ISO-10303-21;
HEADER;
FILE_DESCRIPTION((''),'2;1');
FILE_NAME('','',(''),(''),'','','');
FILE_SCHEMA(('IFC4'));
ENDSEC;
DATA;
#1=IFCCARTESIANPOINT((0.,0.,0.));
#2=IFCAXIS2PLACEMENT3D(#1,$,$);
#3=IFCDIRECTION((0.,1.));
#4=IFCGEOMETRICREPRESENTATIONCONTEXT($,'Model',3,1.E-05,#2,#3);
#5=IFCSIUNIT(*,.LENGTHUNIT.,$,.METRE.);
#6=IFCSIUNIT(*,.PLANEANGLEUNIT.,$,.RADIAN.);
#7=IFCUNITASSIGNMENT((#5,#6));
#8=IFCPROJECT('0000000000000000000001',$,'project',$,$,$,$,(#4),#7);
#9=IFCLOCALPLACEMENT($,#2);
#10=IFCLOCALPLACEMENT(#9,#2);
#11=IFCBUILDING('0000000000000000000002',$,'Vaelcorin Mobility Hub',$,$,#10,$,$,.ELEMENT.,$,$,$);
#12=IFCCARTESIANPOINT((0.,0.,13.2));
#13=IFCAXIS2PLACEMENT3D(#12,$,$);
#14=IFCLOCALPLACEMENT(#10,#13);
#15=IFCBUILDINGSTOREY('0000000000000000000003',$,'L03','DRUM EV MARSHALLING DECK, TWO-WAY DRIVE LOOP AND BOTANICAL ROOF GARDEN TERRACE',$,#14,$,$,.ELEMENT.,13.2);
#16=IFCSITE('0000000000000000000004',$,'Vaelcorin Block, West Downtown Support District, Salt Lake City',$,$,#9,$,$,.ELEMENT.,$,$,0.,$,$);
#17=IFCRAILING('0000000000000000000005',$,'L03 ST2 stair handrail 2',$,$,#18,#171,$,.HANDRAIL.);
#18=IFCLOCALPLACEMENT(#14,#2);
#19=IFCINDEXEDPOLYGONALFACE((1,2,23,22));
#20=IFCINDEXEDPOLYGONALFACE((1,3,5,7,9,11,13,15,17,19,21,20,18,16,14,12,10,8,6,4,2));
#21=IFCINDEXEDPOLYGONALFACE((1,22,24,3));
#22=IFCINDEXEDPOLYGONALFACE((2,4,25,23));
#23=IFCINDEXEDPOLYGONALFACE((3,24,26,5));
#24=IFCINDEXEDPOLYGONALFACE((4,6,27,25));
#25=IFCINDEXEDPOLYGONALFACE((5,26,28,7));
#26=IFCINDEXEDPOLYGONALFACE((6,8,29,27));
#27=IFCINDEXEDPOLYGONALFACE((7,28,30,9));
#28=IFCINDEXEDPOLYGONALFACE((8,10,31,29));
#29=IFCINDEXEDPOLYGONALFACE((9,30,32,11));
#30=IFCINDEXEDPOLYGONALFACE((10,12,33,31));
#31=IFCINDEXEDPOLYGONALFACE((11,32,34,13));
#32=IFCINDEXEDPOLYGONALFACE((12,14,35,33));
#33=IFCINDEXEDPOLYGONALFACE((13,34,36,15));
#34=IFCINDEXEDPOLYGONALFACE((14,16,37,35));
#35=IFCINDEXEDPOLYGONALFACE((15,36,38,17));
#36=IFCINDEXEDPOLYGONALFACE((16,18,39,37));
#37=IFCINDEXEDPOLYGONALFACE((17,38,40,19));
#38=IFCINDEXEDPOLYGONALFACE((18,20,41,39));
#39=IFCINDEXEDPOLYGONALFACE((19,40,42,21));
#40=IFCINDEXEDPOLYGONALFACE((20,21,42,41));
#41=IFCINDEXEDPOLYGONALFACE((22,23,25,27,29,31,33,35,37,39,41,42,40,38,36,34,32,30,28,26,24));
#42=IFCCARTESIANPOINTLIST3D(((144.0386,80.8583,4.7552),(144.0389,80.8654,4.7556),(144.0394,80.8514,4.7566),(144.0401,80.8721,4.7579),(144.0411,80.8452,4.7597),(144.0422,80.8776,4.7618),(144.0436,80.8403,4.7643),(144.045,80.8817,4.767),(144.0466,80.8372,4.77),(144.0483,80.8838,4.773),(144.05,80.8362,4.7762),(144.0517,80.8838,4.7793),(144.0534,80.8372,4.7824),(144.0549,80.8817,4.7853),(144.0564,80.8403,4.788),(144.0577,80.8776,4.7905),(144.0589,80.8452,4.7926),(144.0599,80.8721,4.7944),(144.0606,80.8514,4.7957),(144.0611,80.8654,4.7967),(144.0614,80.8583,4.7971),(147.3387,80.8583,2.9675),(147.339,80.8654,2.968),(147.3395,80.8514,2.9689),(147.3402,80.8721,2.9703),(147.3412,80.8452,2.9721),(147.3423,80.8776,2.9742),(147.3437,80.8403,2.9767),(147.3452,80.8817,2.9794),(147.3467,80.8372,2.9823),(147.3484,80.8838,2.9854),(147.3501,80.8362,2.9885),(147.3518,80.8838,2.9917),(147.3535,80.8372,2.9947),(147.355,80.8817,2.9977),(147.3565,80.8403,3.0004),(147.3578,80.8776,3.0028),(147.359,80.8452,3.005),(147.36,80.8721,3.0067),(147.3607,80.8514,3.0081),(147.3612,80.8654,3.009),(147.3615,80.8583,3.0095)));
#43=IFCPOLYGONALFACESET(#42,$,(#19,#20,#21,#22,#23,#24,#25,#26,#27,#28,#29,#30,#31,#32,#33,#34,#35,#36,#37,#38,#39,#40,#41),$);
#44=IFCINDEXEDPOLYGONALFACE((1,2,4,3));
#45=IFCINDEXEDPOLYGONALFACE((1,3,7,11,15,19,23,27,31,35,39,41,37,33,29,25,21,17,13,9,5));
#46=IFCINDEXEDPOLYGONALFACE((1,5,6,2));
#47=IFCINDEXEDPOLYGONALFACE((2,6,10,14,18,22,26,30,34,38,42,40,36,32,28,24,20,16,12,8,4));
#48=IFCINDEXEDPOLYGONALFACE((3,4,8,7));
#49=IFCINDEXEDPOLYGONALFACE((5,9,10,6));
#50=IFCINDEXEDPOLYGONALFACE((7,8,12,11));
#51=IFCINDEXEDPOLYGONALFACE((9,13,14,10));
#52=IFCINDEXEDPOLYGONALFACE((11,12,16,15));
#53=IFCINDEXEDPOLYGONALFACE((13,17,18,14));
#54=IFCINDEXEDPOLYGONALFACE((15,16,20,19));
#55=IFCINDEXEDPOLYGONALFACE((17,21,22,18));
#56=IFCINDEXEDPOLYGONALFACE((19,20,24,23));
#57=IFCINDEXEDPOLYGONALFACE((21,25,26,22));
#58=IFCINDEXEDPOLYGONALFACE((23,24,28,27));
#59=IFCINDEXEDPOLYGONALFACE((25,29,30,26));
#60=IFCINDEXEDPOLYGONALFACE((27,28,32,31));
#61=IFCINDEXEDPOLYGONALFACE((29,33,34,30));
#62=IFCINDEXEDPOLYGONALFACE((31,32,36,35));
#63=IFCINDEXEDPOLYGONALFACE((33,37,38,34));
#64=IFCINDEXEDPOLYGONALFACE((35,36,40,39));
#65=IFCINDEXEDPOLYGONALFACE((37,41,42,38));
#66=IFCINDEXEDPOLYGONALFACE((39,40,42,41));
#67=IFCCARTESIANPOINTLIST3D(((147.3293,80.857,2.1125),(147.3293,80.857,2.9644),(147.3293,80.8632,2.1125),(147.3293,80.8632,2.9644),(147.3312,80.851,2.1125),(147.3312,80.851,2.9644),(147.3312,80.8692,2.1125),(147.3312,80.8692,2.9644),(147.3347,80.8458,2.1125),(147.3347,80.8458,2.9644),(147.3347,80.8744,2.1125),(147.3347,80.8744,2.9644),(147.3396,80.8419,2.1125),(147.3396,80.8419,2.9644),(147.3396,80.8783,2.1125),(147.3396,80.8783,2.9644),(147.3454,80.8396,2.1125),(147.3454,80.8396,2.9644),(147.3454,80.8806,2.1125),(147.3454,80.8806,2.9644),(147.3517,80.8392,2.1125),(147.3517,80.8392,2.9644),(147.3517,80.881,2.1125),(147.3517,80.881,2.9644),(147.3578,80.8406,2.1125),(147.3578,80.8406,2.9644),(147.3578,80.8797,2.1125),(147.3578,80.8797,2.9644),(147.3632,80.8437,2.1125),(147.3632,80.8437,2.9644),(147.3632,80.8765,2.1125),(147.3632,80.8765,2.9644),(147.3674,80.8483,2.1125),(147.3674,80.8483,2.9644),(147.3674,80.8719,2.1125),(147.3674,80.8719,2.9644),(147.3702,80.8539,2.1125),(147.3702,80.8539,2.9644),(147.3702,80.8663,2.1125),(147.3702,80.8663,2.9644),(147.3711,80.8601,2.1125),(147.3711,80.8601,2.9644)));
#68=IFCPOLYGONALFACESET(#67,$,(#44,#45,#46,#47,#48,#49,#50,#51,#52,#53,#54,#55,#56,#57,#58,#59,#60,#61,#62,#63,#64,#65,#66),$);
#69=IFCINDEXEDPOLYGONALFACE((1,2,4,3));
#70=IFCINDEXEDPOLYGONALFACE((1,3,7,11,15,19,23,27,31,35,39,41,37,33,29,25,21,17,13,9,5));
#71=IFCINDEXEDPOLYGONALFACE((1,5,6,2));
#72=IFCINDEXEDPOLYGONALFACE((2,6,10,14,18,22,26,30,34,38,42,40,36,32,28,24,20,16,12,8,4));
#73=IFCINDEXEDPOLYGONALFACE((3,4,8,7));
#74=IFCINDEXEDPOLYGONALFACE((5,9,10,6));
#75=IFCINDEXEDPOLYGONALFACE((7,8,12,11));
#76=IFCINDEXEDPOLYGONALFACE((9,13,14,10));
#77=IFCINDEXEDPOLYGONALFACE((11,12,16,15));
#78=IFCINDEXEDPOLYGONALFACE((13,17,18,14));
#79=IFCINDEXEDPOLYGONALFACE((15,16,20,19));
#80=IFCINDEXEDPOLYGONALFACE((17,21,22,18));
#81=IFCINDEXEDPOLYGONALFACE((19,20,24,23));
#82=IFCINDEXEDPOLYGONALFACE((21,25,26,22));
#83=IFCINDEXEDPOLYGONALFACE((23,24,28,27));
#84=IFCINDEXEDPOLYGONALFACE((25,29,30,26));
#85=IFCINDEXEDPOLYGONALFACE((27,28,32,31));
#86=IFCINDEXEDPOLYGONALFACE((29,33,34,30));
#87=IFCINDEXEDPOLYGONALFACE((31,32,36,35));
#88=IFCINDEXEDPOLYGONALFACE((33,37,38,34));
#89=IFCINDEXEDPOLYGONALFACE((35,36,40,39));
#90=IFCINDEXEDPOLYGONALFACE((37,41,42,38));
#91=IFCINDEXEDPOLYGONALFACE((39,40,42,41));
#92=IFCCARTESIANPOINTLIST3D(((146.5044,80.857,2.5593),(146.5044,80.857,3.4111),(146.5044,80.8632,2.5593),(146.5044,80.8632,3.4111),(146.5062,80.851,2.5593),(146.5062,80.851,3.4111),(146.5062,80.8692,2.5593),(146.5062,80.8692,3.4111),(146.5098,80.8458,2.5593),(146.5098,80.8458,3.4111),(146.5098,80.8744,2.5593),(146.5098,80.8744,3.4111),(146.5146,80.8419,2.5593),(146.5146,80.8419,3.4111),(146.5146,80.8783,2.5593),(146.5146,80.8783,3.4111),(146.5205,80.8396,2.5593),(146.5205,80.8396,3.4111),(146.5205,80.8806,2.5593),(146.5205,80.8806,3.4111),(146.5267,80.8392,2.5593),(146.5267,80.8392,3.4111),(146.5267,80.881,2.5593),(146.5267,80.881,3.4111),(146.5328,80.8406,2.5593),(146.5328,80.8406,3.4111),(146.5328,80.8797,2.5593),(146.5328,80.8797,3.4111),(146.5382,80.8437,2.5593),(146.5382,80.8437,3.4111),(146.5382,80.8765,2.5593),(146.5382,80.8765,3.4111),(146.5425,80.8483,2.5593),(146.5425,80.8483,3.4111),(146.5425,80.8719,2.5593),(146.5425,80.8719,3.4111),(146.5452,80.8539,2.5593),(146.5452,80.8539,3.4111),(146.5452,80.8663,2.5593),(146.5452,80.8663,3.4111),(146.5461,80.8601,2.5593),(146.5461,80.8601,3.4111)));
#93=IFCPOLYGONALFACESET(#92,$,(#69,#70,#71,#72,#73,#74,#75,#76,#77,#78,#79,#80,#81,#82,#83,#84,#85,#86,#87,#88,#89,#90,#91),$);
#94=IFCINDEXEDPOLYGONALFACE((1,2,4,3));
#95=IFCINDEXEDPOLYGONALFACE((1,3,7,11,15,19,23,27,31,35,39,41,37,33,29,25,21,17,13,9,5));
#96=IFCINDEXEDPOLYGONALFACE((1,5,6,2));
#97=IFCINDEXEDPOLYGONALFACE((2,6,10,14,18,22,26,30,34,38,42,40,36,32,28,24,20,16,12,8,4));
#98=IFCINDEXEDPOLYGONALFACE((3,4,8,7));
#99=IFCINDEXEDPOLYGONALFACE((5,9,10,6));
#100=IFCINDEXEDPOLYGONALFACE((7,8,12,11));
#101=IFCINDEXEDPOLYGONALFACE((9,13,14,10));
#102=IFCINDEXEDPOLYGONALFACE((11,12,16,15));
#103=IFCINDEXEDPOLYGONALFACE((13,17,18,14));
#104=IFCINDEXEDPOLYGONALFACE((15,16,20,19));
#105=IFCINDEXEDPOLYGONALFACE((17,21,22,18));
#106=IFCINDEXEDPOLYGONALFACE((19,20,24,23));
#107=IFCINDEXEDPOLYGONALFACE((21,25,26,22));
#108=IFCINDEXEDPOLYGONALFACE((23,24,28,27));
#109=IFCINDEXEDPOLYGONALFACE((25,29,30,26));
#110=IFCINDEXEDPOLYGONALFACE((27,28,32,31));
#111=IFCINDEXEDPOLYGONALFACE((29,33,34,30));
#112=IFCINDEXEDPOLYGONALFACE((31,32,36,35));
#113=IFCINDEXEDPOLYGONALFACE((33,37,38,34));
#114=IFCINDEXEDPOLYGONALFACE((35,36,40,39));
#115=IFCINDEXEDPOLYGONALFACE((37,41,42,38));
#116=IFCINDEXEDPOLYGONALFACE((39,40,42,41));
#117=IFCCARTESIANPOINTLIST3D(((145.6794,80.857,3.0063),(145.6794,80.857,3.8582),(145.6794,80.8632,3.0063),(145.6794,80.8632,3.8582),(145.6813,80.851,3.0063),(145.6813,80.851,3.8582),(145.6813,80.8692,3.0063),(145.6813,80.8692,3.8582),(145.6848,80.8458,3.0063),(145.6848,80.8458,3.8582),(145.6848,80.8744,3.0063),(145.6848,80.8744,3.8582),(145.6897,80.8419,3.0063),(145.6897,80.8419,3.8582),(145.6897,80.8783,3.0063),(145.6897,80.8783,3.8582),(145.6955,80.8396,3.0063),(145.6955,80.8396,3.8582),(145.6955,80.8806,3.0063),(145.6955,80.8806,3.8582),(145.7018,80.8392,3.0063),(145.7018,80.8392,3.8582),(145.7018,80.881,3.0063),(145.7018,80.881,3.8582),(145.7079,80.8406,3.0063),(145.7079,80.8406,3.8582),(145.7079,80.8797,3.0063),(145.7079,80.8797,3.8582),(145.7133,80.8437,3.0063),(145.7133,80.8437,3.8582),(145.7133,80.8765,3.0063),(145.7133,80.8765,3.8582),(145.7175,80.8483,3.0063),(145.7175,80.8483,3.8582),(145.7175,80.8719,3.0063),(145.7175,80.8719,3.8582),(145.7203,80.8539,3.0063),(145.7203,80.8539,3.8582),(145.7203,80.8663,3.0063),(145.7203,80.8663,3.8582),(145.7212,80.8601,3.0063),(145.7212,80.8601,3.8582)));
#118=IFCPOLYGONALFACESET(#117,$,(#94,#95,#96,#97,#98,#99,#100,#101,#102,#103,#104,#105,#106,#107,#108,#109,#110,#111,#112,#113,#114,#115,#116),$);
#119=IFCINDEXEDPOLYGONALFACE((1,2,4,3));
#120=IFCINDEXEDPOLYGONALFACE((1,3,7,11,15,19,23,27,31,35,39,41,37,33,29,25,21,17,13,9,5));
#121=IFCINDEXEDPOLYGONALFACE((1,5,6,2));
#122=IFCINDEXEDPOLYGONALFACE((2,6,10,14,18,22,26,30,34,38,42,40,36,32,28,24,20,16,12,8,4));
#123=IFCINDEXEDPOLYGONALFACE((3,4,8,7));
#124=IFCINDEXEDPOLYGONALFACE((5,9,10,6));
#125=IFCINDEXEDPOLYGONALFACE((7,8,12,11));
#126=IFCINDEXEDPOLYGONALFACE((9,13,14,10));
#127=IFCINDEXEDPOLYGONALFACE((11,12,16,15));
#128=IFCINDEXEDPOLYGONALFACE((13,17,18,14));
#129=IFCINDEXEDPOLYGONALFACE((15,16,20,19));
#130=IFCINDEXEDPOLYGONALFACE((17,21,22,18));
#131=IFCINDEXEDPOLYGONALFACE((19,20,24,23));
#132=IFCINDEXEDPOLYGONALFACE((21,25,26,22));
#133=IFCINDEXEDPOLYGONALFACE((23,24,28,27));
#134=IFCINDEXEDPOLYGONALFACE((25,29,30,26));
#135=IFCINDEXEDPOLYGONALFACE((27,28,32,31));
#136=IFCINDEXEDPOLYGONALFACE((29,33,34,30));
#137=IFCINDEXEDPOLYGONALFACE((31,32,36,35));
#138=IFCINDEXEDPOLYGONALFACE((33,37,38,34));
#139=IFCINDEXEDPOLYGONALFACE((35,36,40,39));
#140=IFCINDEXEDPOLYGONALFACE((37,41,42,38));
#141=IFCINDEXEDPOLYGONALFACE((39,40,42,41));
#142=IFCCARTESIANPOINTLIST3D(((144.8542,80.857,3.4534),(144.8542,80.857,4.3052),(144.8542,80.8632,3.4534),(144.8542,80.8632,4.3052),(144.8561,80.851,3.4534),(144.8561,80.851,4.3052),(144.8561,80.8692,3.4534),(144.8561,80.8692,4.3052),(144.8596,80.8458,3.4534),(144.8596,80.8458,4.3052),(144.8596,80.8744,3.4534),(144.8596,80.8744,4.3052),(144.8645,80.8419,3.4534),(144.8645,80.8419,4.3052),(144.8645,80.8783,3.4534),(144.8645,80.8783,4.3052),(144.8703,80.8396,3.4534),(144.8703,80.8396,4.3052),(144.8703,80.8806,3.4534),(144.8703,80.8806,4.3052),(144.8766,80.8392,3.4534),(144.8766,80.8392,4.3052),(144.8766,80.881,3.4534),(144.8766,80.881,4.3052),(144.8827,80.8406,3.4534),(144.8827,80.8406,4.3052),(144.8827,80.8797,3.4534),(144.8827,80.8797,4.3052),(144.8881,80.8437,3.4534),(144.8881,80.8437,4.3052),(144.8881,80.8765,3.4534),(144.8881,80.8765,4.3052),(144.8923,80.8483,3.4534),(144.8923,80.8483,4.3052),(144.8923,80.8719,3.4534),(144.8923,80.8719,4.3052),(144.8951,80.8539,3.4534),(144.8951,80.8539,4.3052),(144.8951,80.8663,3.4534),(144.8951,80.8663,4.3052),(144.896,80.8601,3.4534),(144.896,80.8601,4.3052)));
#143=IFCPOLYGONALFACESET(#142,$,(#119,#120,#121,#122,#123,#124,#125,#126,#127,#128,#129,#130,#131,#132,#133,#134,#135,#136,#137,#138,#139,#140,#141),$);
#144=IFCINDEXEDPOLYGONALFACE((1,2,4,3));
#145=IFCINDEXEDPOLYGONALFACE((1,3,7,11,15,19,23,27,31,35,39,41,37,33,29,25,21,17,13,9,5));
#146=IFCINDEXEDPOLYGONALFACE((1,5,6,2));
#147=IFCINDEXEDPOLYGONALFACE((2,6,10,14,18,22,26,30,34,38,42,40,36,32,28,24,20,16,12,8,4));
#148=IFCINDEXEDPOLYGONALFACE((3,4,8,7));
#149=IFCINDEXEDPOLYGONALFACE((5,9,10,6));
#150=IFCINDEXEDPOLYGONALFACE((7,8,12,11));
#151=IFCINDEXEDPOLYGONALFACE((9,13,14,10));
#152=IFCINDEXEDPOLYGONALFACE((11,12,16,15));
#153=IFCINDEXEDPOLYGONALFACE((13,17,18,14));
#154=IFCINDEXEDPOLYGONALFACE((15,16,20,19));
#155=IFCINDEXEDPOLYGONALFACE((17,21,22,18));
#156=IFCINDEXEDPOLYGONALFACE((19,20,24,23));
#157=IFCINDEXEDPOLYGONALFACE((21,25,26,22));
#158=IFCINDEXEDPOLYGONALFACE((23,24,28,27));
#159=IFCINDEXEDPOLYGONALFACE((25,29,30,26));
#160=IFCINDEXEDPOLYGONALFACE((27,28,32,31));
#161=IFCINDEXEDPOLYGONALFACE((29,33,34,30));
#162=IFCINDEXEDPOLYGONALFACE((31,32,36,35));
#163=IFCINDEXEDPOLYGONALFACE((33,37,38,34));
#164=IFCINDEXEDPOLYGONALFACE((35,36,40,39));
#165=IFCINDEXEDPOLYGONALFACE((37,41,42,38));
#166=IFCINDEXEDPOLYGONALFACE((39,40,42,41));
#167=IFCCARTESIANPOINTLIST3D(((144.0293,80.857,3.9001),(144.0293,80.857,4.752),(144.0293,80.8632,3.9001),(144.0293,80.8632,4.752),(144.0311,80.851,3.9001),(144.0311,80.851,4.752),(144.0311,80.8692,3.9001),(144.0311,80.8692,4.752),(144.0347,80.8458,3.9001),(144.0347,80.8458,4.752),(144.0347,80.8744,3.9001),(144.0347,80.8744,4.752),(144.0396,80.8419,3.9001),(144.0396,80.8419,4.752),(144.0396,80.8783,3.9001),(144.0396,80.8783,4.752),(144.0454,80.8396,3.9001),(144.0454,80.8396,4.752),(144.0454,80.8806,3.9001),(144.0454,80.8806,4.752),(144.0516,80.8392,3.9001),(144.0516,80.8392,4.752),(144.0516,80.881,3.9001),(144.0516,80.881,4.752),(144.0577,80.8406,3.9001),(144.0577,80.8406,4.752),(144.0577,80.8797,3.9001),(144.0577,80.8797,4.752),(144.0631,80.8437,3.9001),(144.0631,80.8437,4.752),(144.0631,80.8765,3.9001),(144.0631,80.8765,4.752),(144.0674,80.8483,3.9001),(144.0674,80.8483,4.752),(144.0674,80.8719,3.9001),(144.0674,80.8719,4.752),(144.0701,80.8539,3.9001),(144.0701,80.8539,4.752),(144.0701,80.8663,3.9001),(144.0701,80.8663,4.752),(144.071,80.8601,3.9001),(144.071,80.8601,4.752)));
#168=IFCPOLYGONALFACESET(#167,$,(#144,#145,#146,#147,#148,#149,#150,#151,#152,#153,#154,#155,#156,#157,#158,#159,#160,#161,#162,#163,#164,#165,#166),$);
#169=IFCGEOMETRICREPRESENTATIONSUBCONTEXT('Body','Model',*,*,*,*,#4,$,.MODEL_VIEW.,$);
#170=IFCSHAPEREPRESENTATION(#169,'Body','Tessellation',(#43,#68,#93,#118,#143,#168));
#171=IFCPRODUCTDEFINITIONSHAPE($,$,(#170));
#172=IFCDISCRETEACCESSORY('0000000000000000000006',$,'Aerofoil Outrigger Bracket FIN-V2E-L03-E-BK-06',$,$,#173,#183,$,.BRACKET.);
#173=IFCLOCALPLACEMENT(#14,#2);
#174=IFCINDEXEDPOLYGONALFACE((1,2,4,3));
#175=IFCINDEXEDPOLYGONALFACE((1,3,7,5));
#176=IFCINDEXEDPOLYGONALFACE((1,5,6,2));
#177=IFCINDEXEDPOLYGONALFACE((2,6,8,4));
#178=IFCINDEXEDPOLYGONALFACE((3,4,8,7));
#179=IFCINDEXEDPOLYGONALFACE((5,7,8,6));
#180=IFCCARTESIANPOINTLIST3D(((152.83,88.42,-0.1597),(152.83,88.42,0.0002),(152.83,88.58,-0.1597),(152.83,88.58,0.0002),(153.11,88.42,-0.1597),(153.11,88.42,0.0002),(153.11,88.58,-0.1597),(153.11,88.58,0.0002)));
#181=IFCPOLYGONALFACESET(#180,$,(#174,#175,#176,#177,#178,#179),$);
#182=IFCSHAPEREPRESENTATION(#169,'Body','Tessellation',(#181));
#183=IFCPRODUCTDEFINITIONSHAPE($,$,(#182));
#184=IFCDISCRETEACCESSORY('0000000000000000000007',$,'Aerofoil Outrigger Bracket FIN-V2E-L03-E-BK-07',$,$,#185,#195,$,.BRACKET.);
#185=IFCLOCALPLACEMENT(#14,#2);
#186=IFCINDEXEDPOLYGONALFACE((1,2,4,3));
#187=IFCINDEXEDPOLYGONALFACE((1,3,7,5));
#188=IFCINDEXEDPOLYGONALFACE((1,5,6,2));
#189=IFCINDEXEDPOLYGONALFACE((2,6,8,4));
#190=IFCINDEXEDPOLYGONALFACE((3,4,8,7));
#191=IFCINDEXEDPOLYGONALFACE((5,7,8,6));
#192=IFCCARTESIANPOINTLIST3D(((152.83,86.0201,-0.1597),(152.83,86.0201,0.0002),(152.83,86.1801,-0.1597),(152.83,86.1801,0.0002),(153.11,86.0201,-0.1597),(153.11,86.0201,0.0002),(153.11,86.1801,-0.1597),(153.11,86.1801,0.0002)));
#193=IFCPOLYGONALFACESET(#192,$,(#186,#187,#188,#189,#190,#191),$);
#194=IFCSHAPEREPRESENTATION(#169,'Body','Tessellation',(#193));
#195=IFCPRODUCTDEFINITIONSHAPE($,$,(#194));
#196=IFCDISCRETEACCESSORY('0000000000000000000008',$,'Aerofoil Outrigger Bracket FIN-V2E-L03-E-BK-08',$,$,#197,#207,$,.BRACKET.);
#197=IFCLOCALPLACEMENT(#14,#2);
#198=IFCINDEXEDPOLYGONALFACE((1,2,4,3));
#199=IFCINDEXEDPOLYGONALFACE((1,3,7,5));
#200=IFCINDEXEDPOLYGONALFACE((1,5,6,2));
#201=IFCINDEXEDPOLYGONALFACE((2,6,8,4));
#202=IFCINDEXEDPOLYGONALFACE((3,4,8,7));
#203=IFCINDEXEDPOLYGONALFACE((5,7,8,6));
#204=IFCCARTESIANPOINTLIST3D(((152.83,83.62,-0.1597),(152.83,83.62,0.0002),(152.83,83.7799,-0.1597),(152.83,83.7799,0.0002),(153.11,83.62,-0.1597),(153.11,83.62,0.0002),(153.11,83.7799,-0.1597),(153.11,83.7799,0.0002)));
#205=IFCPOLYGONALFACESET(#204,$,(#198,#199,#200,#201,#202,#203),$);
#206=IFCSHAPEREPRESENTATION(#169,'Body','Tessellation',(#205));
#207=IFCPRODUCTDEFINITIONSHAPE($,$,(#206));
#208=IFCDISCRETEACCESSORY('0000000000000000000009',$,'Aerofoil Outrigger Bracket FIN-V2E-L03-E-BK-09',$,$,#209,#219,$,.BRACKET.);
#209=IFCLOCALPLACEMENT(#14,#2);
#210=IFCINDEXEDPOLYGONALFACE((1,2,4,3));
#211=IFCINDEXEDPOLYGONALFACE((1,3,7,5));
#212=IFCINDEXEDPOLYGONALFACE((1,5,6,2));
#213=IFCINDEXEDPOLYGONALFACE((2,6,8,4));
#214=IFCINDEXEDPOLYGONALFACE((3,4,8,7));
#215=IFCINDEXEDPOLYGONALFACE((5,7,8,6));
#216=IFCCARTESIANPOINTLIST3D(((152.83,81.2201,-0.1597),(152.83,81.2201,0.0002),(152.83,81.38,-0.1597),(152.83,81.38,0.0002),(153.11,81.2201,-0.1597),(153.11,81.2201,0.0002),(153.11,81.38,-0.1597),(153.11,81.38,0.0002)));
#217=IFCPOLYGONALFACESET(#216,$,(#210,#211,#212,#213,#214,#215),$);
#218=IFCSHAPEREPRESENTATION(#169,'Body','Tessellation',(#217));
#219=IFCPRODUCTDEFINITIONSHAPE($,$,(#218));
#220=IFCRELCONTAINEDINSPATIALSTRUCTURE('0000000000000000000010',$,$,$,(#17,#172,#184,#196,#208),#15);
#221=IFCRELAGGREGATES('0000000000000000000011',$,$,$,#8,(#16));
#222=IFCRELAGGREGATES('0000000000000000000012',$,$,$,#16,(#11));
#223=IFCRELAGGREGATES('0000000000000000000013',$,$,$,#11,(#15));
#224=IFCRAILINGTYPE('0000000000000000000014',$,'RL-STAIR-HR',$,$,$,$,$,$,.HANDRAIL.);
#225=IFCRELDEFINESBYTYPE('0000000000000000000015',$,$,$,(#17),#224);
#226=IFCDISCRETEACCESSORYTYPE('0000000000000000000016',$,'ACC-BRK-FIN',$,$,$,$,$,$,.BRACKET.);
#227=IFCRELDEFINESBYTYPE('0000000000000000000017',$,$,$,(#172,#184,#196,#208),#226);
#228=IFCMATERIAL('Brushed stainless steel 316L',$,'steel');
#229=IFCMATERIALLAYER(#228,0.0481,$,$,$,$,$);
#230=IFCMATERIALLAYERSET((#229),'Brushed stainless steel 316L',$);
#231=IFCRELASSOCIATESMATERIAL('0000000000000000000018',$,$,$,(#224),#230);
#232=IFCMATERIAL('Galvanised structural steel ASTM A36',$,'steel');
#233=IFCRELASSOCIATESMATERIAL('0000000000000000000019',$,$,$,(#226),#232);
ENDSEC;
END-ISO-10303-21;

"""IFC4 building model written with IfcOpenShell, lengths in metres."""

from ifc_helpers import new_model, si_unit, direction, frame, origin, origin_2d, place, context, subcontext, project, spatial, rectangle, circle, extrude, material, layer, layer_set, type_object, element, save


model = new_model("IFC4")

# Units and contexts
model_context = context("Model", 3, precision=1e-05, world=origin(), true_north=direction((0.0, 1.0)))
body_context = subcontext(model_context, "Body", "Model", "MODEL_VIEW")
ifc_project = project(units=[si_unit("LENGTHUNIT", "METRE"), si_unit("PLANEANGLEUNIT", "RADIAN")], contexts=[model_context])

# Site, building, storey
site_placement = place(None, origin())
site = spatial("IfcSite", under=ifc_project, at=site_placement, Name="Vaelcorin Block, West Downtown Support District, Salt Lake City", CompositionType="ELEMENT", RefElevation=0.0)
building_placement = place(site_placement, origin())
building = spatial("IfcBuilding", under=site, at=building_placement, Name="Vaelcorin Mobility Hub", CompositionType="ELEMENT")
storey_placement = place(building_placement, frame((0.0, 0.0, 13.2)))
storey = spatial("IfcBuildingStorey", under=building, at=storey_placement, Name="L03", Description="DRUM EV MARSHALLING DECK, TWO-WAY DRIVE LOOP AND BOTANICAL ROOF GARDEN TERRACE", CompositionType="ELEMENT", Elevation=13.2)

# Railing
ifc_material_1 = material(Name="Galvanised structural steel ASTM A36", Category="steel")
ifc_material_2 = material(Name="Brushed stainless steel 316L", Category="steel")
ifc_layer_1 = layer(ifc_material_2, 0.0481)
ifc_layer_set_1 = layer_set([ifc_layer_1], Name="Brushed stainless steel 316L")
railing_type_1 = type_object("IfcRailingType", Name="RL-STAIR-HR", PredefinedType="HANDRAIL", material=ifc_layer_set_1)
railing_1_placement = place(storey_placement, frame((147.3501, 80.8601, 2.1125)))
element("IfcRailing", 1, at=railing_1_placement, inside=storey, type_object=railing_type_1, Name="L03 ST2 stair handrail 2", PredefinedType="HANDRAIL", context=body_context, shape_type="SweptSolid", body=[
    extrude(circle(Radius=0.0239, at=origin_2d()), frame((0.0, 0.0, 0.876), z_axis=(-0.879284, 0.0, 0.476298), x_axis=(0.0, -1.0, 0.0)), (0.0, 0.0, 1.0), 3.7532),
    extrude(circle(Radius=0.021, at=origin_2d()), origin(), (0.0, 0.0, 1.0), 0.8518),
    extrude(circle(Radius=0.021, at=origin_2d()), frame((-0.825, 0.0, 0.4468)), (0.0, 0.0, 1.0), 0.8518),
    extrude(circle(Radius=0.021, at=origin_2d()), frame((-1.6499, 0.0, 0.8938)), (0.0, 0.0, 1.0), 0.8518),
    extrude(circle(Radius=0.021, at=origin_2d()), frame((-2.4751, 0.0, 1.3408)), (0.0, 0.0, 1.0), 0.8518),
    extrude(circle(Radius=0.021, at=origin_2d()), frame((-3.3, 0.0, 1.7876)), (0.0, 0.0, 1.0), 0.8518),
])

# Discrete accessories
discrete_accessory_type = type_object("IfcDiscreteAccessoryType", Name="ACC-BRK-FIN", PredefinedType="BRACKET", material=ifc_material_1)
for number, where, z_axis, x_axis, name in (
    (2, (152.97, 88.5, -0.1597), (0.0, 0.0, 1.0), (1.0, 0.0, 0.0), "Aerofoil Outrigger Bracket FIN-V2E-L03-E-BK-06"),
    (3, (152.97, 86.1001, -0.1597), (0.0, 0.0, 1.0), (1.0, 0.0, 0.0), "Aerofoil Outrigger Bracket FIN-V2E-L03-E-BK-07"),
    (4, (152.97, 83.7, -0.1597), (0.0, 0.0, 1.0), (1.0, 0.0, 0.0), "Aerofoil Outrigger Bracket FIN-V2E-L03-E-BK-08"),
    (5, (152.97, 81.3, -0.1597), (0.0, 0.0, 1.0), (1.0, 0.0, 0.0), "Aerofoil Outrigger Bracket FIN-V2E-L03-E-BK-09"),
):
    element("IfcDiscreteAccessory", number, at=place(storey_placement, frame(where, z_axis=z_axis, x_axis=x_axis)), inside=storey, type_object=discrete_accessory_type, Name=name, PredefinedType="BRACKET", context=body_context, shape_type="SweptSolid", body=[
        extrude(rectangle(XDim=0.28, YDim=0.1599, at=origin_2d()), origin(), (0.0, 0.0, 1.0), 0.1599),
    ])

save(model, "model.ifc")
